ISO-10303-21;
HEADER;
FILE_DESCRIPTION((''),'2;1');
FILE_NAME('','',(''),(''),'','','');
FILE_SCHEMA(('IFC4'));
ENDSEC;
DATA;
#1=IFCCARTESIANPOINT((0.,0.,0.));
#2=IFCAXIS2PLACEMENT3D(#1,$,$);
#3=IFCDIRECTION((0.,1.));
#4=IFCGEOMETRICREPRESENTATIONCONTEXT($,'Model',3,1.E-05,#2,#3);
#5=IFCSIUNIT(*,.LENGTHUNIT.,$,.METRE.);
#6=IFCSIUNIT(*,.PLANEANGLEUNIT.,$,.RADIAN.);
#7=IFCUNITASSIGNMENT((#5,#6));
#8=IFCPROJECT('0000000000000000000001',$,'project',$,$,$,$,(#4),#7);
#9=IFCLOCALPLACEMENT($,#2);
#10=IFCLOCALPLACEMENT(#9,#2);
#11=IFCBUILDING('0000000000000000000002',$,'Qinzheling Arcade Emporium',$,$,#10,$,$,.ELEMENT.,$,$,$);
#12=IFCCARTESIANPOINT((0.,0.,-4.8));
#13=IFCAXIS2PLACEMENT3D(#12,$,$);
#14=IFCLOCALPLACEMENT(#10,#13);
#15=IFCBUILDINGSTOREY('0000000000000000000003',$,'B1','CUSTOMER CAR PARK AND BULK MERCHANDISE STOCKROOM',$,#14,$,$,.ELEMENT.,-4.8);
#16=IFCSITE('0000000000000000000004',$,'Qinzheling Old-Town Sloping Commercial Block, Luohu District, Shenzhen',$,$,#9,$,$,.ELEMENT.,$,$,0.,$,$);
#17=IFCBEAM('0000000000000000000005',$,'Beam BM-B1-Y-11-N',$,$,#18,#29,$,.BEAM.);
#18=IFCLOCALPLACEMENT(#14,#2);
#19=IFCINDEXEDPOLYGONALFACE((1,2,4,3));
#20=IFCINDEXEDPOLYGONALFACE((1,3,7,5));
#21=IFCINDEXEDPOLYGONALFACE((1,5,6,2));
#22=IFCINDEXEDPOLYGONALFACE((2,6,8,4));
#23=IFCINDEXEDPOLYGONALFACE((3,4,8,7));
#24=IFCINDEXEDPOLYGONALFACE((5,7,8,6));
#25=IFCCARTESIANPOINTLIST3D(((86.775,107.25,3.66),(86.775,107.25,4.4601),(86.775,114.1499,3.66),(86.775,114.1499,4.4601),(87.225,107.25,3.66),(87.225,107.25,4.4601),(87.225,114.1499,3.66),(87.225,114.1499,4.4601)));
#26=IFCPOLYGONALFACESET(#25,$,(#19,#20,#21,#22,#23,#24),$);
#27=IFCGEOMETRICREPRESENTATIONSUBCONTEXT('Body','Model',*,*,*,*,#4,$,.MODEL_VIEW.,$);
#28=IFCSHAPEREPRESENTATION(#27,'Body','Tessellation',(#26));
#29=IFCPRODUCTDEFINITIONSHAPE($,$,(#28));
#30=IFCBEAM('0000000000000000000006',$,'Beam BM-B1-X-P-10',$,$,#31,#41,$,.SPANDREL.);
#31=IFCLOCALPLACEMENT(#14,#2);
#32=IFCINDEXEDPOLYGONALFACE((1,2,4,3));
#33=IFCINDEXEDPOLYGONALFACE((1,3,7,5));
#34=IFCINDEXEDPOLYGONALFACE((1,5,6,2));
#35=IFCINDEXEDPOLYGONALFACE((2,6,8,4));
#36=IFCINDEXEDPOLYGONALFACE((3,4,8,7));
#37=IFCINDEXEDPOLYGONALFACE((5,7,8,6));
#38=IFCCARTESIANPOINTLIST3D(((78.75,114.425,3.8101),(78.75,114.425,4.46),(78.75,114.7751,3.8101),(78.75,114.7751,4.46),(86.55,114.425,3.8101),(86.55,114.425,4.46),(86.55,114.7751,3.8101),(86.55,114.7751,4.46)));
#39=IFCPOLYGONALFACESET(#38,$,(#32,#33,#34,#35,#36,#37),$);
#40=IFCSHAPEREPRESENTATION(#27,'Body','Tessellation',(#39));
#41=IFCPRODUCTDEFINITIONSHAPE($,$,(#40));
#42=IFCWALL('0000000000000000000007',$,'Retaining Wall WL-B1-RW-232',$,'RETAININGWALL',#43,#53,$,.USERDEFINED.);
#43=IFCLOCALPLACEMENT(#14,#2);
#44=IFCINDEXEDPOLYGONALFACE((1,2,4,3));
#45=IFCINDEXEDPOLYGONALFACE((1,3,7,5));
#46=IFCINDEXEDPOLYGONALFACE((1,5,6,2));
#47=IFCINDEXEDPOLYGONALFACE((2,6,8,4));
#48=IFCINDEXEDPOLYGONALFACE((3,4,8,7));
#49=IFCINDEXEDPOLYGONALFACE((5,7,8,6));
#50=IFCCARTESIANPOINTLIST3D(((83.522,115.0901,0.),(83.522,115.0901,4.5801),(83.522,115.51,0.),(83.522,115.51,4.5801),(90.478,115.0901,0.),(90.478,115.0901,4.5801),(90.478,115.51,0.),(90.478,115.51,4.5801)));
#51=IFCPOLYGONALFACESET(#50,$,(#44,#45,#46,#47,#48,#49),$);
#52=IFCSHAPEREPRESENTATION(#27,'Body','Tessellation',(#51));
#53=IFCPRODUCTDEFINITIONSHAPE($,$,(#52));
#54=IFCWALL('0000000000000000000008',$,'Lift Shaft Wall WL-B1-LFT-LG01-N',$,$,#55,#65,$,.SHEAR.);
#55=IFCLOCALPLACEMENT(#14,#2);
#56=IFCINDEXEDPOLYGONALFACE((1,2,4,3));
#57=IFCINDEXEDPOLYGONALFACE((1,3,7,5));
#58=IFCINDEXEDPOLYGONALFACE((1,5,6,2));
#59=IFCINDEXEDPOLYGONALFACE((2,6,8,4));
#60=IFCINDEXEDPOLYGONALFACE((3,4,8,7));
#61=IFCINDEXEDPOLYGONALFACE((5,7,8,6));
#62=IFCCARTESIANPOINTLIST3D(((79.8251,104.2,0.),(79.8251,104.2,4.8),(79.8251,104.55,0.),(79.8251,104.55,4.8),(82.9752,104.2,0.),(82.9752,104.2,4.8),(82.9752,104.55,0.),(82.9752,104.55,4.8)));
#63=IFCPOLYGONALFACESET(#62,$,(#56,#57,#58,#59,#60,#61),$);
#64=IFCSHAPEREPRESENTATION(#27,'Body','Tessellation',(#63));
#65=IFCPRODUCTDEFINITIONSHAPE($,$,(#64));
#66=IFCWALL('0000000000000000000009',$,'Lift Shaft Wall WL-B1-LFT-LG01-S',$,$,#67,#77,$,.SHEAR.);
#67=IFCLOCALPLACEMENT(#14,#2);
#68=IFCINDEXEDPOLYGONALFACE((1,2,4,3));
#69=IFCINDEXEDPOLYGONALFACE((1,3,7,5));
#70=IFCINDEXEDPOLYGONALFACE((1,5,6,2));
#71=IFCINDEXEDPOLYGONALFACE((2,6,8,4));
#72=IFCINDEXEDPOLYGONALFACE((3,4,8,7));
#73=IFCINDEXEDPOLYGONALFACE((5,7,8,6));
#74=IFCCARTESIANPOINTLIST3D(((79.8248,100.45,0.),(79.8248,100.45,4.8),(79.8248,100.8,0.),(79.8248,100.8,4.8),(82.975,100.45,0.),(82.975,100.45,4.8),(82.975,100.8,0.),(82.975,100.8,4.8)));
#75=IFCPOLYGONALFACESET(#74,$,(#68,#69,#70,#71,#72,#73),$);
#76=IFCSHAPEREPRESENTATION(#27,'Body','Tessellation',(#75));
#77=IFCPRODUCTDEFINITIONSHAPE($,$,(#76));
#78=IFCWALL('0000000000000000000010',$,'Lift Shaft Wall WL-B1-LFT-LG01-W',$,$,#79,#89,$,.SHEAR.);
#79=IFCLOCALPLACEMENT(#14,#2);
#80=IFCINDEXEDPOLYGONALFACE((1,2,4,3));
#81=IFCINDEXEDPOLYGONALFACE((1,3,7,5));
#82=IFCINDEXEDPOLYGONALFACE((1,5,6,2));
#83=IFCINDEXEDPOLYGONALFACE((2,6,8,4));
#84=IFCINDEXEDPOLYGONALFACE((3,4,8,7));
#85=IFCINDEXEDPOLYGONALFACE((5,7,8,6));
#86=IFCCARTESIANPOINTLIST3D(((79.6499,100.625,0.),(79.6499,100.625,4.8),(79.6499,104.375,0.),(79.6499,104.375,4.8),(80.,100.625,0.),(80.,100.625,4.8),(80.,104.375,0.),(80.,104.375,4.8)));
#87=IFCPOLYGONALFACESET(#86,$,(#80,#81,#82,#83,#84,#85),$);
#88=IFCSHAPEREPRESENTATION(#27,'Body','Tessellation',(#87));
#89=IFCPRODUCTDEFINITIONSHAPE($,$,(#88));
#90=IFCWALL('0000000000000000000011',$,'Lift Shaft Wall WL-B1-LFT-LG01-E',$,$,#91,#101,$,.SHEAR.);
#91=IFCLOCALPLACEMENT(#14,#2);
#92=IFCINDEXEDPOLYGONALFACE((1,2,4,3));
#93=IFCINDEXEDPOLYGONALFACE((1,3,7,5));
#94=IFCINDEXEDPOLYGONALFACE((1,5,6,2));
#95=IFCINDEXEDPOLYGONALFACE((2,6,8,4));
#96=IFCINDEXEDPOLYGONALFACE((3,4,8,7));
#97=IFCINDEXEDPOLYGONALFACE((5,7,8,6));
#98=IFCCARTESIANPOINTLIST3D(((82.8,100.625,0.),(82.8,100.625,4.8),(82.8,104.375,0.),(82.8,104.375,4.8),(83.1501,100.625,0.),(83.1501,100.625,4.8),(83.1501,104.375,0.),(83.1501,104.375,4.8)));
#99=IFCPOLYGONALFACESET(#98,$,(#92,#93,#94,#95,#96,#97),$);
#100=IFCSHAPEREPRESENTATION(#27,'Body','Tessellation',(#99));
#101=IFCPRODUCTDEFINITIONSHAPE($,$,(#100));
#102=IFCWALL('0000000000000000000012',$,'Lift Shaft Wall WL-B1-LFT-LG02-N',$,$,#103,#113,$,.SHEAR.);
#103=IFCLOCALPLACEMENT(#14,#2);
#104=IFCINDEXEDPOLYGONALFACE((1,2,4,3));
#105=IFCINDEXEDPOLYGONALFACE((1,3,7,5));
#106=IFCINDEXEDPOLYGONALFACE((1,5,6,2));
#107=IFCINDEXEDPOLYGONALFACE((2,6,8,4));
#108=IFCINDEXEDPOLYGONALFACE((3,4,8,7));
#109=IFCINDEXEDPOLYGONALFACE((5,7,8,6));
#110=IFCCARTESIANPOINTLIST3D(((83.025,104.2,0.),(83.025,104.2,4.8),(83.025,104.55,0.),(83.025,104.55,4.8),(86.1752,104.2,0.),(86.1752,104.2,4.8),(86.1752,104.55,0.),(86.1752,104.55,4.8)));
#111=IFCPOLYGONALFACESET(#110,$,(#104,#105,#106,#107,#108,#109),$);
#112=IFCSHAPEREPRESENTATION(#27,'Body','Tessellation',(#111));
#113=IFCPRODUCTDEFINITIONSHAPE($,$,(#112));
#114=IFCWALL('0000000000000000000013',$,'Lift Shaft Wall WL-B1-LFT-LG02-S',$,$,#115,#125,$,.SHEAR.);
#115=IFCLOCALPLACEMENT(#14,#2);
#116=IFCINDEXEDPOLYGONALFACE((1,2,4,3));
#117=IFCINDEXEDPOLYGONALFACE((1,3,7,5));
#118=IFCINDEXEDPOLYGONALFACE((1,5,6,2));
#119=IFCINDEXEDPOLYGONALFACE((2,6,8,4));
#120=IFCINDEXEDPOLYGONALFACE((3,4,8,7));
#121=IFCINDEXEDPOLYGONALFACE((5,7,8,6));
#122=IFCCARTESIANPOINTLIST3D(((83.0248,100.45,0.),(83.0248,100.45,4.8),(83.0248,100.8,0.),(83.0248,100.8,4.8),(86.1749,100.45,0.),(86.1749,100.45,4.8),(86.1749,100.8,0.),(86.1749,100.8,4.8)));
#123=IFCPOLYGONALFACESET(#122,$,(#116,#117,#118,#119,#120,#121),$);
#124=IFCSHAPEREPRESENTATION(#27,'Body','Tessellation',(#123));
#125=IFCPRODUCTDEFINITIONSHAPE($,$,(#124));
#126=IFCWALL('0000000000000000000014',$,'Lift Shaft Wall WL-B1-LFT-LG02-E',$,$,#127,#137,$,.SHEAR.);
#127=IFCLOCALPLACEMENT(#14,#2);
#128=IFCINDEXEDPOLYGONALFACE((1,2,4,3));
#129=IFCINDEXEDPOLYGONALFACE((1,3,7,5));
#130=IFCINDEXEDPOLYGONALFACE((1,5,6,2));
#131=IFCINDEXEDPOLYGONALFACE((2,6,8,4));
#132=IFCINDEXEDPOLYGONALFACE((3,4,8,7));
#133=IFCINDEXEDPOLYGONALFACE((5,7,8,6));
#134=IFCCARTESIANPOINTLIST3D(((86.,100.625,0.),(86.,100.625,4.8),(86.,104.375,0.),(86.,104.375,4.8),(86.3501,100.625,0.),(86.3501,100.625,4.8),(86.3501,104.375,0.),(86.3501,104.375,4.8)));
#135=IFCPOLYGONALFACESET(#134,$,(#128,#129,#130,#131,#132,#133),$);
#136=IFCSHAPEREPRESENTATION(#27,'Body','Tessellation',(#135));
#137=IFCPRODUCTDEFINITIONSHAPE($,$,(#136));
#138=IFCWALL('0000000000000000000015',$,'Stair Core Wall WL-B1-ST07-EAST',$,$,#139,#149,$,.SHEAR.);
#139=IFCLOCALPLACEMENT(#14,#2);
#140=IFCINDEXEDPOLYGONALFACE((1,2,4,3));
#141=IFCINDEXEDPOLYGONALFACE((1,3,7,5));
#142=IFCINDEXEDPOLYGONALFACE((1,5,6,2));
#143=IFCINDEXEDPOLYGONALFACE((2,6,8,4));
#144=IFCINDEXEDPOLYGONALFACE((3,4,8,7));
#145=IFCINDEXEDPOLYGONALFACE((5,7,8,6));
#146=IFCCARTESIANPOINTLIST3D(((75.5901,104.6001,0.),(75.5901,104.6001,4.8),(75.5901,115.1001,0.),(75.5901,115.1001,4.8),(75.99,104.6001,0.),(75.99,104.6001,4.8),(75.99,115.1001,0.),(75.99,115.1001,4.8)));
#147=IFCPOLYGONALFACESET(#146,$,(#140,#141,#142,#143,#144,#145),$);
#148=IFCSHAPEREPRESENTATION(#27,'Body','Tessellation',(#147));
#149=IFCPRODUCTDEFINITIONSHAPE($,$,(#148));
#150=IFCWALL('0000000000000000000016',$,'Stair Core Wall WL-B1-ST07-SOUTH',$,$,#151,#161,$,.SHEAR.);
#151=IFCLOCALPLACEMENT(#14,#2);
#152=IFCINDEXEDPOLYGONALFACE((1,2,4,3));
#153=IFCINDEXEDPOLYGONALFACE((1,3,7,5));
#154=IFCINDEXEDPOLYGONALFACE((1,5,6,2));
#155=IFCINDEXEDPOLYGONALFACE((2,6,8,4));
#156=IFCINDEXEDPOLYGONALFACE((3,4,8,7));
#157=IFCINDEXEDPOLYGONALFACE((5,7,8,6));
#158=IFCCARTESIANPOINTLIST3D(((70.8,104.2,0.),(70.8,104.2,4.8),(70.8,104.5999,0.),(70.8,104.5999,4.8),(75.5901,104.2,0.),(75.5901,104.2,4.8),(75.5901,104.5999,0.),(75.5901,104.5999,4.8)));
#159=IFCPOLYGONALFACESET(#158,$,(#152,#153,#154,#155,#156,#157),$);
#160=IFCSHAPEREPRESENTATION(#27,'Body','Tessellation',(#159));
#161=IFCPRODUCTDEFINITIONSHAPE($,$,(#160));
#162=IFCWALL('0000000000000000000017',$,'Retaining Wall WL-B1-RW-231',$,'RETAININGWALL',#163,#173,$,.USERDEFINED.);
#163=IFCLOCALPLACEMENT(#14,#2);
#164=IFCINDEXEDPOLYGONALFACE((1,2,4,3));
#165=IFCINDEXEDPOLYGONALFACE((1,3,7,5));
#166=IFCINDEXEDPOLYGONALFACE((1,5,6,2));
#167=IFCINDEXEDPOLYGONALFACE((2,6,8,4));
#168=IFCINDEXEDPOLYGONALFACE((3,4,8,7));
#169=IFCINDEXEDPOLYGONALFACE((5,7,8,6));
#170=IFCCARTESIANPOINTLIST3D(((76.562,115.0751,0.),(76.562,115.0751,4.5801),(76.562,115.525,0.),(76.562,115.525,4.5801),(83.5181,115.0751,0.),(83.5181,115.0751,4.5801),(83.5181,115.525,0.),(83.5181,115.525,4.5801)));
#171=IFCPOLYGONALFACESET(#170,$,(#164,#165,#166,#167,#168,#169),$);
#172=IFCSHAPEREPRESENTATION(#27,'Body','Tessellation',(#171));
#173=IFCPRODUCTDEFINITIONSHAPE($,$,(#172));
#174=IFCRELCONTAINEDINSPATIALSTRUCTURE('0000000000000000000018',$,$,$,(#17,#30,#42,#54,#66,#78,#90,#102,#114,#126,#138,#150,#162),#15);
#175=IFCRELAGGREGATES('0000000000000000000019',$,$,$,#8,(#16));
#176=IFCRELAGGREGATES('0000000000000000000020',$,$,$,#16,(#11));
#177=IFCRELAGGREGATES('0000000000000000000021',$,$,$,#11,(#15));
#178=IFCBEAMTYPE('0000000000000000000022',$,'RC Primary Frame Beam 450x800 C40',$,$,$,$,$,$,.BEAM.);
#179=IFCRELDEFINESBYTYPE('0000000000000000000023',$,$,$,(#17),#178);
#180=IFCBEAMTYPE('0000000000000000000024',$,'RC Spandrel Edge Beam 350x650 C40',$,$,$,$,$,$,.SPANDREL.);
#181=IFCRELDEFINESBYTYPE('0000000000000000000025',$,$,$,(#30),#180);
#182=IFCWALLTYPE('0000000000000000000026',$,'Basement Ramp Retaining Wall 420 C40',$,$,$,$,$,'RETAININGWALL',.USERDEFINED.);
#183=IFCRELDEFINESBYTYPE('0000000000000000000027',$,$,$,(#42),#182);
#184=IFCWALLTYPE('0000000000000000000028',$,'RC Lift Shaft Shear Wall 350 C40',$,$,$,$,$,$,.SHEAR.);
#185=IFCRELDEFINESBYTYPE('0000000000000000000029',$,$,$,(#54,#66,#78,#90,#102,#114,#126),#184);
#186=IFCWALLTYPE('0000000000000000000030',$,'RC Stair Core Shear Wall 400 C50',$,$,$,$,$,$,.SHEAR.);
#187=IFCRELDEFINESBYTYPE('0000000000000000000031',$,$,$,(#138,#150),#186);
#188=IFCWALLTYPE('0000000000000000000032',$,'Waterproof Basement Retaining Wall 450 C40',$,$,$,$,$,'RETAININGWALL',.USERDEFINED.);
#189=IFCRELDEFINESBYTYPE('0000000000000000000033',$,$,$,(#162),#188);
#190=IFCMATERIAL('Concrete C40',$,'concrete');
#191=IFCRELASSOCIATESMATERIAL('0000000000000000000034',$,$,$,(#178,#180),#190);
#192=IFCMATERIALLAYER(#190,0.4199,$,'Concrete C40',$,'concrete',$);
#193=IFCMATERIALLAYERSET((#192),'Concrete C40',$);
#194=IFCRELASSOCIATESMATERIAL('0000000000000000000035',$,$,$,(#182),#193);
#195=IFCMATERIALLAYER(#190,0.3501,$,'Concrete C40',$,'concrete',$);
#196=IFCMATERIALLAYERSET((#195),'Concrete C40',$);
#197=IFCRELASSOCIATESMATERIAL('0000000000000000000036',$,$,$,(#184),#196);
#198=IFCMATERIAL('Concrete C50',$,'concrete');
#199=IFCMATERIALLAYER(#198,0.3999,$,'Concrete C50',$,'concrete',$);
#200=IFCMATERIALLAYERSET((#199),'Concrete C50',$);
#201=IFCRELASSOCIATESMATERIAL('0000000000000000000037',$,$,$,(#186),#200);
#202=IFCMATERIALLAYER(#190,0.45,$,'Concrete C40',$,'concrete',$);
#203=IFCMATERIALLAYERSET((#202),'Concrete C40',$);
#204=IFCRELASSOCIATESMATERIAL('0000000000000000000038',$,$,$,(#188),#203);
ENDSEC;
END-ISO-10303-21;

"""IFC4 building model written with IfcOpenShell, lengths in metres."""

from ifc_helpers import new_model, si_unit, direction, frame, frame_2d, origin, origin_2d, place, context, subcontext, project, spatial, rectangle, extrude, material, layer, layer_set, material_profile, profile_set, type_object, element, save


model = new_model("IFC4")

# Units and contexts
model_context = context("Model", 3, precision=1e-05, world=origin(), true_north=direction((0.0, 1.0)))
body_context = subcontext(model_context, "Body", "Model", "MODEL_VIEW")
ifc_project = project(units=[si_unit("LENGTHUNIT", "METRE"), si_unit("PLANEANGLEUNIT", "RADIAN")], contexts=[model_context])

# Site, building, storey
site_placement = place(None, origin())
site = spatial("IfcSite", under=ifc_project, at=site_placement, Name="Qinzheling Old-Town Sloping Commercial Block, Luohu District, Shenzhen", CompositionType="ELEMENT", RefElevation=0.0)
building_placement = place(site_placement, origin())
building = spatial("IfcBuilding", under=site, at=building_placement, Name="Qinzheling Arcade Emporium", CompositionType="ELEMENT")
storey_placement = place(building_placement, frame((0.0, 0.0, -4.8)))
storey = spatial("IfcBuildingStorey", under=building, at=storey_placement, Name="B1", Description="CUSTOMER CAR PARK AND BULK MERCHANDISE STOCKROOM", CompositionType="ELEMENT", Elevation=-4.8)

# Shared definitions
ifc_material_1 = material(Name="Concrete C50", Category="concrete")

# Beams
ifc_material_2 = material(Name="Concrete C40", Category="concrete")
ifc_material_profile_1 = material_profile(ifc_material_2, rectangle(XDim=0.45, YDim=0.8, at=origin_2d()), Name="RC 450x800", Category="concrete")
ifc_profile_set_1 = profile_set([ifc_material_profile_1], Name="Concrete C40")
beam_type_1 = type_object("IfcBeamType", Name="RC Primary Frame Beam 450x800 C40", PredefinedType="BEAM", material=ifc_profile_set_1)
beam_1_placement = place(storey_placement, frame((87.0, 107.25, 4.0601), z_axis=(0.0, 1.0, 0.0), x_axis=(-1.0, 0.0, 0.0)))
element("IfcBeam", 1, at=beam_1_placement, inside=storey, type_object=beam_type_1, Name="Beam BM-B1-Y-11-N", PredefinedType="BEAM", context=body_context, shape_type="SweptSolid", body=[
    extrude(rectangle(XDim=0.45, YDim=0.8, at=origin_2d()), origin(), (0.0, 0.0, 1.0), 6.8999),
])
ifc_material_profile_2 = material_profile(ifc_material_2, rectangle(XDim=0.3501, YDim=0.6499, at=origin_2d()), Name="RC 350x650", Category="concrete")
ifc_profile_set_2 = profile_set([ifc_material_profile_2], Name="Concrete C40")
beam_type_2 = type_object("IfcBeamType", Name="RC Spandrel Edge Beam 350x650 C40", PredefinedType="SPANDREL", material=ifc_profile_set_2)
beam_2_placement = place(storey_placement, frame((78.75, 114.6001, 4.135), z_axis=(1.0, 0.0, 0.0), x_axis=(0.0, 1.0, 0.0)))
element("IfcBeam", 2, at=beam_2_placement, inside=storey, type_object=beam_type_2, Name="Beam BM-B1-X-P-10", PredefinedType="SPANDREL", context=body_context, shape_type="SweptSolid", body=[
    extrude(rectangle(XDim=0.3501, YDim=0.6499, at=origin_2d()), origin(), (0.0, 0.0, 1.0), 7.8),
])

# Walls
ifc_layer_1 = layer(ifc_material_2, 0.4199, Name="Concrete C40", Category="concrete")
ifc_layer_set_1 = layer_set([ifc_layer_1], Name="Concrete C40")
wall_type_1 = type_object("IfcWallType", Name="Basement Ramp Retaining Wall 420 C40", ElementType="RETAININGWALL", PredefinedType="USERDEFINED", material=ifc_layer_set_1)
wall_1_placement = place(storey_placement, frame((83.522, 115.3, 0.0), z_axis=(0.0, 0.0, 1.0), x_axis=(1.0, 0.0, 0.0)))
element("IfcWall", 3, at=wall_1_placement, inside=storey, type_object=wall_type_1, Name="Retaining Wall WL-B1-RW-232", ObjectType="RETAININGWALL", PredefinedType="USERDEFINED", context=body_context, shape_type="SweptSolid", body=[
    extrude(rectangle(XDim=6.9561, YDim=0.4199, at=frame_2d((3.478, 0.0))), origin(), (0.0, 0.0, 1.0), 4.5801),
])
ifc_layer_2 = layer(ifc_material_2, 0.3501, Name="Concrete C40", Category="concrete")
ifc_layer_set_2 = layer_set([ifc_layer_2], Name="Concrete C40")
wall_type_2 = type_object("IfcWallType", Name="RC Lift Shaft Shear Wall 350 C40", PredefinedType="SHEAR", material=ifc_layer_set_2)
for number, where, z_axis, x_axis, name in (
    (4, (79.825, 104.375, 0.0), (0.0, 0.0, 1.0), (1.0, 0.0, 0.0), "Lift Shaft Wall WL-B1-LFT-LG01-N"),
    (5, (82.9751, 100.625, 0.0), (0.0, 0.0, 1.0), (-1.0, 0.0, 0.0), "Lift Shaft Wall WL-B1-LFT-LG01-S"),
):
    element("IfcWall", number, at=place(storey_placement, frame(where, z_axis=z_axis, x_axis=x_axis)), inside=storey, type_object=wall_type_2, Name=name, PredefinedType="SHEAR", context=body_context, shape_type="SweptSolid", body=[
        extrude(rectangle(XDim=3.1501, YDim=0.3501, at=frame_2d((1.5752, 0.0))), origin(), (0.0, 0.0, 1.0), 4.8),
    ])
for number, where, z_axis, x_axis, name in (
    (6, (79.825, 100.625, 0.0), (0.0, 0.0, 1.0), (0.0, 1.0, 0.0), "Lift Shaft Wall WL-B1-LFT-LG01-W"),
    (7, (82.9751, 104.375, 0.0), (0.0, 0.0, 1.0), (0.0, -1.0, 0.0), "Lift Shaft Wall WL-B1-LFT-LG01-E"),
):
    element("IfcWall", number, at=place(storey_placement, frame(where, z_axis=z_axis, x_axis=x_axis)), inside=storey, type_object=wall_type_2, Name=name, PredefinedType="SHEAR", context=body_context, shape_type="SweptSolid", body=[
        extrude(rectangle(XDim=3.75, YDim=0.3501, at=frame_2d((1.875, 0.0))), origin(), (0.0, 0.0, 1.0), 4.8),
    ])
for number, where, z_axis, x_axis, name in (
    (8, (83.0249, 104.375, 0.0), (0.0, 0.0, 1.0), (1.0, 0.0, 0.0), "Lift Shaft Wall WL-B1-LFT-LG02-N"),
    (9, (86.175, 100.625, 0.0), (0.0, 0.0, 1.0), (-1.0, 0.0, 0.0), "Lift Shaft Wall WL-B1-LFT-LG02-S"),
):
    element("IfcWall", number, at=place(storey_placement, frame(where, z_axis=z_axis, x_axis=x_axis)), inside=storey, type_object=wall_type_2, Name=name, PredefinedType="SHEAR", context=body_context, shape_type="SweptSolid", body=[
        extrude(rectangle(XDim=3.1501, YDim=0.3501, at=frame_2d((1.5752, 0.0))), origin(), (0.0, 0.0, 1.0), 4.8),
    ])
wall_2_placement = place(storey_placement, frame((86.175, 104.375, 0.0), z_axis=(0.0, 0.0, 1.0), x_axis=(0.0, -1.0, 0.0)))
element("IfcWall", 10, at=wall_2_placement, inside=storey, type_object=wall_type_2, Name="Lift Shaft Wall WL-B1-LFT-LG02-E", PredefinedType="SHEAR", context=body_context, shape_type="SweptSolid", body=[
    extrude(rectangle(XDim=3.75, YDim=0.3501, at=frame_2d((1.875, 0.0))), origin(), (0.0, 0.0, 1.0), 4.8),
])
ifc_layer_3 = layer(ifc_material_1, 0.3999, Name="Concrete C50", Category="concrete")
ifc_layer_set_3 = layer_set([ifc_layer_3], Name="Concrete C50")
wall_type_3 = type_object("IfcWallType", Name="RC Stair Core Shear Wall 400 C50", PredefinedType="SHEAR", material=ifc_layer_set_3)
wall_3_placement = place(storey_placement, frame((75.79, 115.1001, 0.0), z_axis=(0.0, 0.0, 1.0), x_axis=(0.0, -1.0, 0.0)))
element("IfcWall", 11, at=wall_3_placement, inside=storey, type_object=wall_type_3, Name="Stair Core Wall WL-B1-ST07-EAST", PredefinedType="SHEAR", context=body_context, shape_type="SweptSolid", body=[
    extrude(rectangle(XDim=10.5, YDim=0.3999, at=frame_2d((5.25, 0.0))), origin(), (0.0, 0.0, 1.0), 4.8),
])
wall_4_placement = place(storey_placement, frame((75.5901, 104.3999, 0.0), z_axis=(0.0, 0.0, 1.0), x_axis=(-1.0, 0.0, 0.0)))
element("IfcWall", 12, at=wall_4_placement, inside=storey, type_object=wall_type_3, Name="Stair Core Wall WL-B1-ST07-SOUTH", PredefinedType="SHEAR", context=body_context, shape_type="SweptSolid", body=[
    extrude(rectangle(XDim=4.79, YDim=0.3999, at=frame_2d((2.395, 0.0))), origin(), (0.0, 0.0, 1.0), 4.8),
])
ifc_layer_4 = layer(ifc_material_2, 0.45, Name="Concrete C40", Category="concrete")
ifc_layer_set_4 = layer_set([ifc_layer_4], Name="Concrete C40")
wall_type_4 = type_object("IfcWallType", Name="Waterproof Basement Retaining Wall 450 C40", ElementType="RETAININGWALL", PredefinedType="USERDEFINED", material=ifc_layer_set_4)
wall_5_placement = place(storey_placement, frame((76.562, 115.3, 0.0), z_axis=(0.0, 0.0, 1.0), x_axis=(1.0, 0.0, 0.0)))
element("IfcWall", 13, at=wall_5_placement, inside=storey, type_object=wall_type_4, Name="Retaining Wall WL-B1-RW-231", ObjectType="RETAININGWALL", PredefinedType="USERDEFINED", context=body_context, shape_type="SweptSolid", body=[
    extrude(rectangle(XDim=6.9561, YDim=0.45, at=frame_2d((3.478, 0.0))), origin(), (0.0, 0.0, 1.0), 4.5801),
])

save(model, "model.ifc")
